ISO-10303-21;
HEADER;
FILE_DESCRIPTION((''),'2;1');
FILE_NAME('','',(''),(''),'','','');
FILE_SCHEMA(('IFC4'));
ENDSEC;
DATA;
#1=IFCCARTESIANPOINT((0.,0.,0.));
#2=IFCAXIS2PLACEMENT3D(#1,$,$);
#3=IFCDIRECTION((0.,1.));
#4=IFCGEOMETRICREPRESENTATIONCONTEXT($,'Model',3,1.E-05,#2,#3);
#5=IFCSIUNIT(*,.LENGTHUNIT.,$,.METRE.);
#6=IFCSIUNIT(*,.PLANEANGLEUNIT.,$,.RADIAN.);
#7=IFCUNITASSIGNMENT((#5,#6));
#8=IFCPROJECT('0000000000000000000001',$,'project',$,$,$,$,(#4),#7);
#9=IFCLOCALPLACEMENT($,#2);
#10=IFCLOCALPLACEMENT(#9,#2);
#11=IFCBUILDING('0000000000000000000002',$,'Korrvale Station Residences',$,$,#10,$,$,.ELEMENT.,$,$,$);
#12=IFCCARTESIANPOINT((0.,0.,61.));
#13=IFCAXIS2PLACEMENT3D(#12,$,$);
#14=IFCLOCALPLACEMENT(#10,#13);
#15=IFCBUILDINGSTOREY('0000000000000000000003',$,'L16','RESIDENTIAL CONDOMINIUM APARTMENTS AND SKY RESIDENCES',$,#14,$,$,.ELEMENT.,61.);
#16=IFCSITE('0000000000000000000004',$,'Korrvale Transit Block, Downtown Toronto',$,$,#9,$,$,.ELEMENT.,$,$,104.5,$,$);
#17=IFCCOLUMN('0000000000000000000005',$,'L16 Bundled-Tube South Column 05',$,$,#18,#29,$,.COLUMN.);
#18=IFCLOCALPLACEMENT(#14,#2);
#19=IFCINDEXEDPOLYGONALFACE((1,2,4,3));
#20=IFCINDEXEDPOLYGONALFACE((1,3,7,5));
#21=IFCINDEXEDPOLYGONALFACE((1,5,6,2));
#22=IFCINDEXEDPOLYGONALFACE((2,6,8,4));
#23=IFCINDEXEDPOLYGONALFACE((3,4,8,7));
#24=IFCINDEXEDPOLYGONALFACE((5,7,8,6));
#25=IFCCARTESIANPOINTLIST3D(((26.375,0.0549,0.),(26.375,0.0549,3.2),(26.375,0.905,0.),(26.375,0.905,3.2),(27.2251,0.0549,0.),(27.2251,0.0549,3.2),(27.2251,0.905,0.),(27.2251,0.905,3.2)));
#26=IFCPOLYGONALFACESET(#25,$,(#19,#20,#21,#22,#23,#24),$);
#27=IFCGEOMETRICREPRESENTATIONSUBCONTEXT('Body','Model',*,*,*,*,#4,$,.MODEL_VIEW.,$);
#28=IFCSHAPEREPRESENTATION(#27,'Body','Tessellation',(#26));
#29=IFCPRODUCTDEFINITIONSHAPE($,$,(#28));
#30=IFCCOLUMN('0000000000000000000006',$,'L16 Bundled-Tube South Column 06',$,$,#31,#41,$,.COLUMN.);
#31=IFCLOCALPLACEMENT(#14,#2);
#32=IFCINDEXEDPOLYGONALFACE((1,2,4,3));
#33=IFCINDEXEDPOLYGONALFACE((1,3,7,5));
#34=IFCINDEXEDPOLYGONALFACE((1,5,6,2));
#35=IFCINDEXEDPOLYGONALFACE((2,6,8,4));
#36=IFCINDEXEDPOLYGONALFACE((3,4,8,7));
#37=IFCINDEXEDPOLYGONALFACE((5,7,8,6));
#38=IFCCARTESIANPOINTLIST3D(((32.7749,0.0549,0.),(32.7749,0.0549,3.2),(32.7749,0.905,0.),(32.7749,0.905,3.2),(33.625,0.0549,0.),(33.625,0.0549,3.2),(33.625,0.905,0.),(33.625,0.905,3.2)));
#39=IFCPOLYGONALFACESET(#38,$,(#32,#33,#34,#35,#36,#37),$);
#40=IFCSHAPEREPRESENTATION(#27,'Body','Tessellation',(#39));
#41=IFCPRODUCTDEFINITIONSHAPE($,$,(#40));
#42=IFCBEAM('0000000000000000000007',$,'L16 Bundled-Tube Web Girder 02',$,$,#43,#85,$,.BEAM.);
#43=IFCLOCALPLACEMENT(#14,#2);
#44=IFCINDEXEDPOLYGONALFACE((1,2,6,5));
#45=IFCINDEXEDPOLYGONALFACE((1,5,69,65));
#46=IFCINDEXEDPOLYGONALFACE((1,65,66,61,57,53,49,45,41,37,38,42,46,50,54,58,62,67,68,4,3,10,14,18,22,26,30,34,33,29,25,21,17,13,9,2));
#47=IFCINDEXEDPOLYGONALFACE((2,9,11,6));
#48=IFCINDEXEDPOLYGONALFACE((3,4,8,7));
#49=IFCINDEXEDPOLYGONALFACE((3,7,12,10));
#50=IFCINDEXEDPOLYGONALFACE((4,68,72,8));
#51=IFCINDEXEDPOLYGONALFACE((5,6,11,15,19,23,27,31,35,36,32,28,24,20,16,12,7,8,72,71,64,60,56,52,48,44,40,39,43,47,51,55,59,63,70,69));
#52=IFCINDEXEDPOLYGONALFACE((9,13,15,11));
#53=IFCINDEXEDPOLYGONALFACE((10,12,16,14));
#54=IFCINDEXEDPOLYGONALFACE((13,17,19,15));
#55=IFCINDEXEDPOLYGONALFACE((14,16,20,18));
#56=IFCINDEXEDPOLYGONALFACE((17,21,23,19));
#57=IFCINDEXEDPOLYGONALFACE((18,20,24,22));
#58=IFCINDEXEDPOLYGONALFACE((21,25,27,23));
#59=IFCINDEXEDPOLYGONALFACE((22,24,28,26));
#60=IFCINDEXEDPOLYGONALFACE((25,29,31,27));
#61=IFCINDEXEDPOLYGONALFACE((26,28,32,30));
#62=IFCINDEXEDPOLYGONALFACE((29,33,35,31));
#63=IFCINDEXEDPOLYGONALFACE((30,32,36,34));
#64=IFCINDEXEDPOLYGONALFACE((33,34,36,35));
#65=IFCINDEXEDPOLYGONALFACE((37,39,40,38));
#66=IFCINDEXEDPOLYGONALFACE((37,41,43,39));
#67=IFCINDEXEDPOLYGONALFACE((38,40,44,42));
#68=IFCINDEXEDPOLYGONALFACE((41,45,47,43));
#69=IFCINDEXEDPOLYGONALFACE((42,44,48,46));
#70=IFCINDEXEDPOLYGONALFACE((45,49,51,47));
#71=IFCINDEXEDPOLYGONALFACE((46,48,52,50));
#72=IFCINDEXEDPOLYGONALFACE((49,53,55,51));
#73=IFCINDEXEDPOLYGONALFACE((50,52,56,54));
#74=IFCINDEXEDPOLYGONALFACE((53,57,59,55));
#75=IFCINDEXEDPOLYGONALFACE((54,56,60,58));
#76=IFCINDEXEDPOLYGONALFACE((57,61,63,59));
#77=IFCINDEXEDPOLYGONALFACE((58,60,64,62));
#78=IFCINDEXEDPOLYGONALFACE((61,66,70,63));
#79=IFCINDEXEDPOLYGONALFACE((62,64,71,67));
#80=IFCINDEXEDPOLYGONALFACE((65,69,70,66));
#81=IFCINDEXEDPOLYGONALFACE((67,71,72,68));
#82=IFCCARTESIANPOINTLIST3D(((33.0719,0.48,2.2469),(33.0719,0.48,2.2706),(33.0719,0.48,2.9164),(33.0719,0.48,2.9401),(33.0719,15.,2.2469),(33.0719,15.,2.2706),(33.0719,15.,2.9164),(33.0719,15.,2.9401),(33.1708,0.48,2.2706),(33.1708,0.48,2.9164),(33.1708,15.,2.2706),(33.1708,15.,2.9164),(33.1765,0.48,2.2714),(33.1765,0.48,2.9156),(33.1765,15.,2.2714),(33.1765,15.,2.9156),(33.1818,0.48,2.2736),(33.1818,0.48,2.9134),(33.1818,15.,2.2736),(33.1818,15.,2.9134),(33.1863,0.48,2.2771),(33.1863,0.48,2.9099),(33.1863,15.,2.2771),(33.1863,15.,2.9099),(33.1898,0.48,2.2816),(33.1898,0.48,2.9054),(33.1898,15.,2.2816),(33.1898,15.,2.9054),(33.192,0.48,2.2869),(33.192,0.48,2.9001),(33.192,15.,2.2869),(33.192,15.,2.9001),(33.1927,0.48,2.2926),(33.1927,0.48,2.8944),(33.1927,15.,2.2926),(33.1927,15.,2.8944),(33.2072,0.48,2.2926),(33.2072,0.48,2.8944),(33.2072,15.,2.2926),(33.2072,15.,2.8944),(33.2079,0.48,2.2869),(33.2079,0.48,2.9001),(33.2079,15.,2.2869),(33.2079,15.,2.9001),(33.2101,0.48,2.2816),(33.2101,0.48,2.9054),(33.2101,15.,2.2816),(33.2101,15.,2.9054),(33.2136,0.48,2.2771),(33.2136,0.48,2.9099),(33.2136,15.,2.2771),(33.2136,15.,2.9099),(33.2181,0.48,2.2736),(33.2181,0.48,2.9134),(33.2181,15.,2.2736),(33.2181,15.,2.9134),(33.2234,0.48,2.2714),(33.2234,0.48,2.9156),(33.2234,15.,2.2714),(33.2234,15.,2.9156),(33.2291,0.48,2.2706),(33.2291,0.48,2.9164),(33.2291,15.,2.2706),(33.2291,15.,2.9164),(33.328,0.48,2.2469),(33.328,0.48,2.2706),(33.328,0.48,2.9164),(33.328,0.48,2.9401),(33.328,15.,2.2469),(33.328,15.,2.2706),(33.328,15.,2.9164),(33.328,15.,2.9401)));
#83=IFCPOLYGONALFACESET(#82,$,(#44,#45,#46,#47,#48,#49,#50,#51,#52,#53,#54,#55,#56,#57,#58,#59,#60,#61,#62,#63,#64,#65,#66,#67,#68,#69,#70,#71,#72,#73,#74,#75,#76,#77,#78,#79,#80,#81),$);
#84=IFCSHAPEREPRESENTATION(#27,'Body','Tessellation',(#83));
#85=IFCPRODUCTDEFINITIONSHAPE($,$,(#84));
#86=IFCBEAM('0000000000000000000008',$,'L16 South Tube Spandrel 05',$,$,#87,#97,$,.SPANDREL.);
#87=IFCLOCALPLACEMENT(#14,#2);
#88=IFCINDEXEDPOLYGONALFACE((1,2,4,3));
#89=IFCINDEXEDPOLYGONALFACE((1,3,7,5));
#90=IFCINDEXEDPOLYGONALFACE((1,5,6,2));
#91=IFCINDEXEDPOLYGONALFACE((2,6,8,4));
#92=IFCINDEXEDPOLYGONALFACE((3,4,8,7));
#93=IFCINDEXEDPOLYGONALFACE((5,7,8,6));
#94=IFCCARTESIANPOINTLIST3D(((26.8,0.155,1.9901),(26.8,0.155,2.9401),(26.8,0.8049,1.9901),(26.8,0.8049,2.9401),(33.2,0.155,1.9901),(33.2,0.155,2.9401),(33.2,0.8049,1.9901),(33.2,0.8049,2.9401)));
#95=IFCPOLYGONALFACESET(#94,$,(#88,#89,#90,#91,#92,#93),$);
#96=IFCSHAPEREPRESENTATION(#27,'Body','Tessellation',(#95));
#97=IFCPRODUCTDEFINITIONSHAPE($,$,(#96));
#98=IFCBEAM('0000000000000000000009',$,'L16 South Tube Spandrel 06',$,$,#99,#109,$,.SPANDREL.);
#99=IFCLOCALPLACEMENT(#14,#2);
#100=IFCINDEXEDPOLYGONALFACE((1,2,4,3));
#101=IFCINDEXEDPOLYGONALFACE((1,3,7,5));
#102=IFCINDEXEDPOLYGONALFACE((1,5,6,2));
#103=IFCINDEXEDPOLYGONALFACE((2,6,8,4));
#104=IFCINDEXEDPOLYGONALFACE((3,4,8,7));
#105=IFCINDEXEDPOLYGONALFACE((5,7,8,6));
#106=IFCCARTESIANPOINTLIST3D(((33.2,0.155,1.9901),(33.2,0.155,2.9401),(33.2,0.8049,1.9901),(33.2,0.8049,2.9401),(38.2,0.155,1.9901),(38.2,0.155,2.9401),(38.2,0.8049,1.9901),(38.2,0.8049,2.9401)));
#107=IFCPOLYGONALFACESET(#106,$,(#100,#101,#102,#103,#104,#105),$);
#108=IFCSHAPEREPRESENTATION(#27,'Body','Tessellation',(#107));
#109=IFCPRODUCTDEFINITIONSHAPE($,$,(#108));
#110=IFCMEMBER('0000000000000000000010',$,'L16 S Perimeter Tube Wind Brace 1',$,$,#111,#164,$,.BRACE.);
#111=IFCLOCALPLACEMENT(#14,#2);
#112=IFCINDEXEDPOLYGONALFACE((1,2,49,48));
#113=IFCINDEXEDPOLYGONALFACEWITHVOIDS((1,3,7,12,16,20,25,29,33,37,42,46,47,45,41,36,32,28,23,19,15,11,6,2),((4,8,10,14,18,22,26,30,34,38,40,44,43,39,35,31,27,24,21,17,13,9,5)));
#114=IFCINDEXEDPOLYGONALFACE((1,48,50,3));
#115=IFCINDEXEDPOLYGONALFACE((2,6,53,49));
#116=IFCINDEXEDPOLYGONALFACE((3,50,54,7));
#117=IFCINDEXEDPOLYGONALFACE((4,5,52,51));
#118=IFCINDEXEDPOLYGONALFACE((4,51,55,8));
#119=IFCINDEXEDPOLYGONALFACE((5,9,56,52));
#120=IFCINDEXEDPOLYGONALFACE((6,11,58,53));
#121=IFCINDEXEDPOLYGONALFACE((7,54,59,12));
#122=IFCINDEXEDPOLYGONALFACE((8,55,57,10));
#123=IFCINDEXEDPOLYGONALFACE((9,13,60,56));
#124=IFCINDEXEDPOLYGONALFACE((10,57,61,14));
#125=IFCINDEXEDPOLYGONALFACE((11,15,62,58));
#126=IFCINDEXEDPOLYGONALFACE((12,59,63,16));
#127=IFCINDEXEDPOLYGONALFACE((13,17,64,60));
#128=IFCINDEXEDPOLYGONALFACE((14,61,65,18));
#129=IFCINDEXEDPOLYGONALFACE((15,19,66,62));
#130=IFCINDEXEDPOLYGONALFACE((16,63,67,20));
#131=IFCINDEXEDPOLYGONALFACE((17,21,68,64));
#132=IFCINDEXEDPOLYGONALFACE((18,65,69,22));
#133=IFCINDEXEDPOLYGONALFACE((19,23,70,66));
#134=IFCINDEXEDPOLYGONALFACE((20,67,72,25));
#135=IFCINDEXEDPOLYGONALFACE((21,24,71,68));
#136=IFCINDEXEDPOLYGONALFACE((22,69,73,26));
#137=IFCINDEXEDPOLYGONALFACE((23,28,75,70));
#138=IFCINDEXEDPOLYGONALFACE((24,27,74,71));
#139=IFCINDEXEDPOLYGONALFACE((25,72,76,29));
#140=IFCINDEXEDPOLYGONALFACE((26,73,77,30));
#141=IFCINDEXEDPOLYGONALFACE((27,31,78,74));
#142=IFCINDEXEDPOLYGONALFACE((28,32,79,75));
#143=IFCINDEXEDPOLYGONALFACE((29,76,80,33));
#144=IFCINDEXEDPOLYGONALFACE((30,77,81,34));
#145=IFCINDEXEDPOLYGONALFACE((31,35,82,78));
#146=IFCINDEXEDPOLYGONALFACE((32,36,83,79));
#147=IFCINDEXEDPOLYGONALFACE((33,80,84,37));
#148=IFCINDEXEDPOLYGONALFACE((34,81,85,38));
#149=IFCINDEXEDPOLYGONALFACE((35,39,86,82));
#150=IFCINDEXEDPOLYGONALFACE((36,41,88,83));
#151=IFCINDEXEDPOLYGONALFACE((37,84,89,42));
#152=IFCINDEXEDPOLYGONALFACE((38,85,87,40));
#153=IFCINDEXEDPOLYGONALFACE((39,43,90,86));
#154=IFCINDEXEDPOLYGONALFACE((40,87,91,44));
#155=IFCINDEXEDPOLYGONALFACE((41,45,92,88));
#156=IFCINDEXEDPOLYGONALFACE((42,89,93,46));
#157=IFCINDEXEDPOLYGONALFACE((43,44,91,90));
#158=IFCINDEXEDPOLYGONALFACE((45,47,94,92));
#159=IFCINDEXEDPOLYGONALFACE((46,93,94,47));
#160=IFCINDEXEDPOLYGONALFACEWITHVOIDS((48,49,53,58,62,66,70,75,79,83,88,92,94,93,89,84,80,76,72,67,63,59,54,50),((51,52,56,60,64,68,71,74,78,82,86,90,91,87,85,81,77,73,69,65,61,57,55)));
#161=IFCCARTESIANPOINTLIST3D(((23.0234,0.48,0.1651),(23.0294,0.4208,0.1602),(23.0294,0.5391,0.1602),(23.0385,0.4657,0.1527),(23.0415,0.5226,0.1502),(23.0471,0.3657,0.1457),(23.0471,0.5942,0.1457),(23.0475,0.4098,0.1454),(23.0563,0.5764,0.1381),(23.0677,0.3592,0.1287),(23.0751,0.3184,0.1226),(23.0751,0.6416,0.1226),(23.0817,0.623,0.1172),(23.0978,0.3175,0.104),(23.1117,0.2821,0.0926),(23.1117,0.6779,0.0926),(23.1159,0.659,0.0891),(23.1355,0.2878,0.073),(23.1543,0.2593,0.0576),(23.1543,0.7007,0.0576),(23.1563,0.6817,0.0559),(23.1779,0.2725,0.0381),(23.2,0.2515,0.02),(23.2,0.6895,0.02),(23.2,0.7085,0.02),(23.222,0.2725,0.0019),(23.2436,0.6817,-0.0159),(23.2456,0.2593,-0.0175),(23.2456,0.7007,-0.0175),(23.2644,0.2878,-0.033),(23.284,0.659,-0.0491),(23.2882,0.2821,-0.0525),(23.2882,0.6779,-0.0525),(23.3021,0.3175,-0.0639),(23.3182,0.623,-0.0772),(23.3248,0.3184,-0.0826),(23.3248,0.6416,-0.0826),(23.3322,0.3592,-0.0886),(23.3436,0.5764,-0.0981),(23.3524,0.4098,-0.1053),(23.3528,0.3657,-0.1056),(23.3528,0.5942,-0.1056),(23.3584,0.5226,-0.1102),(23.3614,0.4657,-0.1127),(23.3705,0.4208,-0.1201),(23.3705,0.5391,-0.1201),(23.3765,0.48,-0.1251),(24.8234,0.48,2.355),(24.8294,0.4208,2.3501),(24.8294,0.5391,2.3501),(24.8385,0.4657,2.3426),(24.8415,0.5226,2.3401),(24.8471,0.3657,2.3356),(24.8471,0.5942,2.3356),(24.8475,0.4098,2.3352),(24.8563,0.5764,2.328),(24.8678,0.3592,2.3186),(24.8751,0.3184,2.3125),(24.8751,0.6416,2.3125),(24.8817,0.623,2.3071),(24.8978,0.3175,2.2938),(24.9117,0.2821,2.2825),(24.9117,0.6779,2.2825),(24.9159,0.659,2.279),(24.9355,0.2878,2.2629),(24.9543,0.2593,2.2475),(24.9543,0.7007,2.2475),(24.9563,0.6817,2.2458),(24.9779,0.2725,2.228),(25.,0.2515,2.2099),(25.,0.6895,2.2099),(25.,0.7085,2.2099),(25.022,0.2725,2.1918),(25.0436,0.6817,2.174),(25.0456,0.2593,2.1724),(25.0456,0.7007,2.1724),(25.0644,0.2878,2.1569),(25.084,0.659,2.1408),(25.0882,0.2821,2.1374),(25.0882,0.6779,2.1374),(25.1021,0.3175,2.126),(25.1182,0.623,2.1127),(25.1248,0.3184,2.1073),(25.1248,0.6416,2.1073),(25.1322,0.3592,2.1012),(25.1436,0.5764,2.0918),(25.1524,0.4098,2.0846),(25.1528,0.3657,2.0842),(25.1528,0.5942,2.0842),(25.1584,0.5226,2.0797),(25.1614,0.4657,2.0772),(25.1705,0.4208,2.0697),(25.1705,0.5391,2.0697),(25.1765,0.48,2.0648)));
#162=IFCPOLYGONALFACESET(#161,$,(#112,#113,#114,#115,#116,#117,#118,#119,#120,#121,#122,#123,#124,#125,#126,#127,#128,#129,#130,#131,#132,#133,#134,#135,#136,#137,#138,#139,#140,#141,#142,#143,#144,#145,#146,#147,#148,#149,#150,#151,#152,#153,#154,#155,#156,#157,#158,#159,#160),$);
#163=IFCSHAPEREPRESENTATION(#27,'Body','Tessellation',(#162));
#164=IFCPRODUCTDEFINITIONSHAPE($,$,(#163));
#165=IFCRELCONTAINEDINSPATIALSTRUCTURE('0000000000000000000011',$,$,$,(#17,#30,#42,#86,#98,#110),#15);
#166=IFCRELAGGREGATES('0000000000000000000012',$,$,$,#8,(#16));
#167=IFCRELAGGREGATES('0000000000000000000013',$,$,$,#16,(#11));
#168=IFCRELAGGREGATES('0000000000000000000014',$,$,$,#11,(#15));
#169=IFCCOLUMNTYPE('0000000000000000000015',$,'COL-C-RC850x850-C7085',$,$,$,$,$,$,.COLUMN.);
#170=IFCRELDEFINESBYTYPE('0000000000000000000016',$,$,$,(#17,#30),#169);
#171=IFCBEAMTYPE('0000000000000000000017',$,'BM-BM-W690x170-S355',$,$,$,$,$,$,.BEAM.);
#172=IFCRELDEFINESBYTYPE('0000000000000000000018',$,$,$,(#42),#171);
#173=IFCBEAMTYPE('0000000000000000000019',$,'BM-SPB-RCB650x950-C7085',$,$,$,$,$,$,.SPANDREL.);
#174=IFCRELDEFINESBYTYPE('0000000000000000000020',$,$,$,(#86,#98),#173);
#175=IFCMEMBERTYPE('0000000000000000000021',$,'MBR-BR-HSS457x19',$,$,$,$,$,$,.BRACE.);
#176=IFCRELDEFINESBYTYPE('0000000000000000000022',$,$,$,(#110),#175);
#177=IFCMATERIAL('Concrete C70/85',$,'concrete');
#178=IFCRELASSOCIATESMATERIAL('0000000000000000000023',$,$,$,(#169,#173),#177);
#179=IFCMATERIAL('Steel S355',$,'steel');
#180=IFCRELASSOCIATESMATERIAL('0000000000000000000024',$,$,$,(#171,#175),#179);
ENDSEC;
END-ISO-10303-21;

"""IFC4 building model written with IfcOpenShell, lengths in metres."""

from ifc_helpers import new_model, si_unit, direction, frame, origin, origin_2d, place, context, subcontext, project, spatial, rectangle, hollow_circle, i_section, extrude, material, material_profile, profile_set, type_object, element, save


model = new_model("IFC4")

# Units and contexts
model_context = context("Model", 3, precision=1e-05, world=origin(), true_north=direction((0.0, 1.0)))
body_context = subcontext(model_context, "Body", "Model", "MODEL_VIEW")
ifc_project = project(units=[si_unit("LENGTHUNIT", "METRE"), si_unit("PLANEANGLEUNIT", "RADIAN")], contexts=[model_context])

# Site, building, storey
site_placement = place(None, origin())
site = spatial("IfcSite", under=ifc_project, at=site_placement, Name="Korrvale Transit Block, Downtown Toronto", CompositionType="ELEMENT", RefElevation=104.5)
building_placement = place(site_placement, origin())
building = spatial("IfcBuilding", under=site, at=building_placement, Name="Korrvale Station Residences", CompositionType="ELEMENT")
storey_placement = place(building_placement, frame((0.0, 0.0, 61.0)))
storey = spatial("IfcBuildingStorey", under=building, at=storey_placement, Name="L16", Description="RESIDENTIAL CONDOMINIUM APARTMENTS AND SKY RESIDENCES", CompositionType="ELEMENT", Elevation=61.0)

# Columns
ifc_material_1 = material(Name="Concrete C70/85", Category="concrete")
ifc_material_profile_1 = material_profile(ifc_material_1, rectangle(XDim=0.8501, YDim=0.8501, at=origin_2d()), Name="RC850x850")
ifc_profile_set_1 = profile_set([ifc_material_profile_1], Name="Concrete C70/85")
column_type = type_object("IfcColumnType", Name="COL-C-RC850x850-C7085", PredefinedType="COLUMN", material=ifc_profile_set_1)
for number, where, z_axis, x_axis, name in (
    (1, (26.8, 0.48, 0.0), (0.0, 0.0, 1.0), (1.0, 0.0, 0.0), "L16 Bundled-Tube South Column 05"),
    (2, (33.2, 0.48, 0.0), (0.0, 0.0, 1.0), (1.0, 0.0, 0.0), "L16 Bundled-Tube South Column 06"),
):
    element("IfcColumn", number, at=place(storey_placement, frame(where, z_axis=z_axis, x_axis=x_axis)), inside=storey, type_object=column_type, Name=name, PredefinedType="COLUMN", context=body_context, shape_type="SweptSolid", body=[
        extrude(rectangle(XDim=0.8501, YDim=0.8501, at=origin_2d()), origin(), (0.0, 0.0, 1.0), 3.2),
    ])

# Beams
ifc_material_2 = material(Name="Steel S355", Category="steel")
ifc_material_profile_2 = material_profile(ifc_material_2, i_section(OverallWidth=0.2561, OverallDepth=0.6931, WebThickness=0.0144, FlangeThickness=0.0237, FilletRadius=0.022, at=origin_2d()), Name="W690x170")
ifc_profile_set_2 = profile_set([ifc_material_profile_2], Name="Steel S355")
beam_type_1 = type_object("IfcBeamType", Name="BM-BM-W690x170-S355", PredefinedType="BEAM", material=ifc_profile_set_2)
beam_1_placement = place(storey_placement, frame((33.2, 0.48, 2.5935), z_axis=(0.0, 1.0, 0.0), x_axis=(-1.0, 0.0, 0.0)))
element("IfcBeam", 3, at=beam_1_placement, inside=storey, type_object=beam_type_1, Name="L16 Bundled-Tube Web Girder 02", PredefinedType="BEAM", context=body_context, shape_type="SweptSolid", body=[
    extrude(i_section(OverallWidth=0.2561, OverallDepth=0.6931, WebThickness=0.0144, FlangeThickness=0.0237, FilletRadius=0.022, at=origin_2d()), origin(), (0.0, 0.0, 1.0), 14.52),
])
ifc_material_profile_3 = material_profile(ifc_material_1, rectangle(XDim=0.6499, YDim=0.95, at=origin_2d()), Name="RCB650x950")
ifc_profile_set_3 = profile_set([ifc_material_profile_3], Name="Concrete C70/85")
beam_type_2 = type_object("IfcBeamType", Name="BM-SPB-RCB650x950-C7085", PredefinedType="SPANDREL", material=ifc_profile_set_3)
beam_2_placement = place(storey_placement, frame((26.8, 0.48, 2.4651), z_axis=(1.0, 0.0, 0.0), x_axis=(0.0, 1.0, 0.0)))
element("IfcBeam", 4, at=beam_2_placement, inside=storey, type_object=beam_type_2, Name="L16 South Tube Spandrel 05", PredefinedType="SPANDREL", context=body_context, shape_type="SweptSolid", body=[
    extrude(rectangle(XDim=0.6499, YDim=0.95, at=origin_2d()), origin(), (0.0, 0.0, 1.0), 6.3999),
])
beam_3_placement = place(storey_placement, frame((33.2, 0.48, 2.4651), z_axis=(1.0, 0.0, 0.0), x_axis=(0.0, 1.0, 0.0)))
element("IfcBeam", 5, at=beam_3_placement, inside=storey, type_object=beam_type_2, Name="L16 South Tube Spandrel 06", PredefinedType="SPANDREL", context=body_context, shape_type="SweptSolid", body=[
    extrude(rectangle(XDim=0.6499, YDim=0.95, at=origin_2d()), origin(), (0.0, 0.0, 1.0), 5.0),
])

# Member
ifc_material_profile_4 = material_profile(ifc_material_2, hollow_circle(Radius=0.2285, WallThickness=0.019, at=origin_2d()), Name="HSS457x19")
ifc_profile_set_4 = profile_set([ifc_material_profile_4], Name="Steel S355")
member_type = type_object("IfcMemberType", Name="MBR-BR-HSS457x19", PredefinedType="BRACE", material=ifc_profile_set_4)
for number, where, z_axis, x_axis, name in (
    (6, (23.2, 0.48, 0.02), (0.634985, 0.0, 0.772524), (0.0, 1.0, 0.0), "L16 S Perimeter Tube Wind Brace 1"),
):
    element("IfcMember", number, at=place(storey_placement, frame(where, z_axis=z_axis, x_axis=x_axis)), inside=storey, type_object=member_type, Name=name, PredefinedType="BRACE", context=body_context, shape_type="SweptSolid", body=[
        extrude(hollow_circle(Radius=0.2285, WallThickness=0.019, at=origin_2d()), origin(), (0.0, 0.0, 1.0), 2.8347),
    ])

save(model, "model.ifc")
